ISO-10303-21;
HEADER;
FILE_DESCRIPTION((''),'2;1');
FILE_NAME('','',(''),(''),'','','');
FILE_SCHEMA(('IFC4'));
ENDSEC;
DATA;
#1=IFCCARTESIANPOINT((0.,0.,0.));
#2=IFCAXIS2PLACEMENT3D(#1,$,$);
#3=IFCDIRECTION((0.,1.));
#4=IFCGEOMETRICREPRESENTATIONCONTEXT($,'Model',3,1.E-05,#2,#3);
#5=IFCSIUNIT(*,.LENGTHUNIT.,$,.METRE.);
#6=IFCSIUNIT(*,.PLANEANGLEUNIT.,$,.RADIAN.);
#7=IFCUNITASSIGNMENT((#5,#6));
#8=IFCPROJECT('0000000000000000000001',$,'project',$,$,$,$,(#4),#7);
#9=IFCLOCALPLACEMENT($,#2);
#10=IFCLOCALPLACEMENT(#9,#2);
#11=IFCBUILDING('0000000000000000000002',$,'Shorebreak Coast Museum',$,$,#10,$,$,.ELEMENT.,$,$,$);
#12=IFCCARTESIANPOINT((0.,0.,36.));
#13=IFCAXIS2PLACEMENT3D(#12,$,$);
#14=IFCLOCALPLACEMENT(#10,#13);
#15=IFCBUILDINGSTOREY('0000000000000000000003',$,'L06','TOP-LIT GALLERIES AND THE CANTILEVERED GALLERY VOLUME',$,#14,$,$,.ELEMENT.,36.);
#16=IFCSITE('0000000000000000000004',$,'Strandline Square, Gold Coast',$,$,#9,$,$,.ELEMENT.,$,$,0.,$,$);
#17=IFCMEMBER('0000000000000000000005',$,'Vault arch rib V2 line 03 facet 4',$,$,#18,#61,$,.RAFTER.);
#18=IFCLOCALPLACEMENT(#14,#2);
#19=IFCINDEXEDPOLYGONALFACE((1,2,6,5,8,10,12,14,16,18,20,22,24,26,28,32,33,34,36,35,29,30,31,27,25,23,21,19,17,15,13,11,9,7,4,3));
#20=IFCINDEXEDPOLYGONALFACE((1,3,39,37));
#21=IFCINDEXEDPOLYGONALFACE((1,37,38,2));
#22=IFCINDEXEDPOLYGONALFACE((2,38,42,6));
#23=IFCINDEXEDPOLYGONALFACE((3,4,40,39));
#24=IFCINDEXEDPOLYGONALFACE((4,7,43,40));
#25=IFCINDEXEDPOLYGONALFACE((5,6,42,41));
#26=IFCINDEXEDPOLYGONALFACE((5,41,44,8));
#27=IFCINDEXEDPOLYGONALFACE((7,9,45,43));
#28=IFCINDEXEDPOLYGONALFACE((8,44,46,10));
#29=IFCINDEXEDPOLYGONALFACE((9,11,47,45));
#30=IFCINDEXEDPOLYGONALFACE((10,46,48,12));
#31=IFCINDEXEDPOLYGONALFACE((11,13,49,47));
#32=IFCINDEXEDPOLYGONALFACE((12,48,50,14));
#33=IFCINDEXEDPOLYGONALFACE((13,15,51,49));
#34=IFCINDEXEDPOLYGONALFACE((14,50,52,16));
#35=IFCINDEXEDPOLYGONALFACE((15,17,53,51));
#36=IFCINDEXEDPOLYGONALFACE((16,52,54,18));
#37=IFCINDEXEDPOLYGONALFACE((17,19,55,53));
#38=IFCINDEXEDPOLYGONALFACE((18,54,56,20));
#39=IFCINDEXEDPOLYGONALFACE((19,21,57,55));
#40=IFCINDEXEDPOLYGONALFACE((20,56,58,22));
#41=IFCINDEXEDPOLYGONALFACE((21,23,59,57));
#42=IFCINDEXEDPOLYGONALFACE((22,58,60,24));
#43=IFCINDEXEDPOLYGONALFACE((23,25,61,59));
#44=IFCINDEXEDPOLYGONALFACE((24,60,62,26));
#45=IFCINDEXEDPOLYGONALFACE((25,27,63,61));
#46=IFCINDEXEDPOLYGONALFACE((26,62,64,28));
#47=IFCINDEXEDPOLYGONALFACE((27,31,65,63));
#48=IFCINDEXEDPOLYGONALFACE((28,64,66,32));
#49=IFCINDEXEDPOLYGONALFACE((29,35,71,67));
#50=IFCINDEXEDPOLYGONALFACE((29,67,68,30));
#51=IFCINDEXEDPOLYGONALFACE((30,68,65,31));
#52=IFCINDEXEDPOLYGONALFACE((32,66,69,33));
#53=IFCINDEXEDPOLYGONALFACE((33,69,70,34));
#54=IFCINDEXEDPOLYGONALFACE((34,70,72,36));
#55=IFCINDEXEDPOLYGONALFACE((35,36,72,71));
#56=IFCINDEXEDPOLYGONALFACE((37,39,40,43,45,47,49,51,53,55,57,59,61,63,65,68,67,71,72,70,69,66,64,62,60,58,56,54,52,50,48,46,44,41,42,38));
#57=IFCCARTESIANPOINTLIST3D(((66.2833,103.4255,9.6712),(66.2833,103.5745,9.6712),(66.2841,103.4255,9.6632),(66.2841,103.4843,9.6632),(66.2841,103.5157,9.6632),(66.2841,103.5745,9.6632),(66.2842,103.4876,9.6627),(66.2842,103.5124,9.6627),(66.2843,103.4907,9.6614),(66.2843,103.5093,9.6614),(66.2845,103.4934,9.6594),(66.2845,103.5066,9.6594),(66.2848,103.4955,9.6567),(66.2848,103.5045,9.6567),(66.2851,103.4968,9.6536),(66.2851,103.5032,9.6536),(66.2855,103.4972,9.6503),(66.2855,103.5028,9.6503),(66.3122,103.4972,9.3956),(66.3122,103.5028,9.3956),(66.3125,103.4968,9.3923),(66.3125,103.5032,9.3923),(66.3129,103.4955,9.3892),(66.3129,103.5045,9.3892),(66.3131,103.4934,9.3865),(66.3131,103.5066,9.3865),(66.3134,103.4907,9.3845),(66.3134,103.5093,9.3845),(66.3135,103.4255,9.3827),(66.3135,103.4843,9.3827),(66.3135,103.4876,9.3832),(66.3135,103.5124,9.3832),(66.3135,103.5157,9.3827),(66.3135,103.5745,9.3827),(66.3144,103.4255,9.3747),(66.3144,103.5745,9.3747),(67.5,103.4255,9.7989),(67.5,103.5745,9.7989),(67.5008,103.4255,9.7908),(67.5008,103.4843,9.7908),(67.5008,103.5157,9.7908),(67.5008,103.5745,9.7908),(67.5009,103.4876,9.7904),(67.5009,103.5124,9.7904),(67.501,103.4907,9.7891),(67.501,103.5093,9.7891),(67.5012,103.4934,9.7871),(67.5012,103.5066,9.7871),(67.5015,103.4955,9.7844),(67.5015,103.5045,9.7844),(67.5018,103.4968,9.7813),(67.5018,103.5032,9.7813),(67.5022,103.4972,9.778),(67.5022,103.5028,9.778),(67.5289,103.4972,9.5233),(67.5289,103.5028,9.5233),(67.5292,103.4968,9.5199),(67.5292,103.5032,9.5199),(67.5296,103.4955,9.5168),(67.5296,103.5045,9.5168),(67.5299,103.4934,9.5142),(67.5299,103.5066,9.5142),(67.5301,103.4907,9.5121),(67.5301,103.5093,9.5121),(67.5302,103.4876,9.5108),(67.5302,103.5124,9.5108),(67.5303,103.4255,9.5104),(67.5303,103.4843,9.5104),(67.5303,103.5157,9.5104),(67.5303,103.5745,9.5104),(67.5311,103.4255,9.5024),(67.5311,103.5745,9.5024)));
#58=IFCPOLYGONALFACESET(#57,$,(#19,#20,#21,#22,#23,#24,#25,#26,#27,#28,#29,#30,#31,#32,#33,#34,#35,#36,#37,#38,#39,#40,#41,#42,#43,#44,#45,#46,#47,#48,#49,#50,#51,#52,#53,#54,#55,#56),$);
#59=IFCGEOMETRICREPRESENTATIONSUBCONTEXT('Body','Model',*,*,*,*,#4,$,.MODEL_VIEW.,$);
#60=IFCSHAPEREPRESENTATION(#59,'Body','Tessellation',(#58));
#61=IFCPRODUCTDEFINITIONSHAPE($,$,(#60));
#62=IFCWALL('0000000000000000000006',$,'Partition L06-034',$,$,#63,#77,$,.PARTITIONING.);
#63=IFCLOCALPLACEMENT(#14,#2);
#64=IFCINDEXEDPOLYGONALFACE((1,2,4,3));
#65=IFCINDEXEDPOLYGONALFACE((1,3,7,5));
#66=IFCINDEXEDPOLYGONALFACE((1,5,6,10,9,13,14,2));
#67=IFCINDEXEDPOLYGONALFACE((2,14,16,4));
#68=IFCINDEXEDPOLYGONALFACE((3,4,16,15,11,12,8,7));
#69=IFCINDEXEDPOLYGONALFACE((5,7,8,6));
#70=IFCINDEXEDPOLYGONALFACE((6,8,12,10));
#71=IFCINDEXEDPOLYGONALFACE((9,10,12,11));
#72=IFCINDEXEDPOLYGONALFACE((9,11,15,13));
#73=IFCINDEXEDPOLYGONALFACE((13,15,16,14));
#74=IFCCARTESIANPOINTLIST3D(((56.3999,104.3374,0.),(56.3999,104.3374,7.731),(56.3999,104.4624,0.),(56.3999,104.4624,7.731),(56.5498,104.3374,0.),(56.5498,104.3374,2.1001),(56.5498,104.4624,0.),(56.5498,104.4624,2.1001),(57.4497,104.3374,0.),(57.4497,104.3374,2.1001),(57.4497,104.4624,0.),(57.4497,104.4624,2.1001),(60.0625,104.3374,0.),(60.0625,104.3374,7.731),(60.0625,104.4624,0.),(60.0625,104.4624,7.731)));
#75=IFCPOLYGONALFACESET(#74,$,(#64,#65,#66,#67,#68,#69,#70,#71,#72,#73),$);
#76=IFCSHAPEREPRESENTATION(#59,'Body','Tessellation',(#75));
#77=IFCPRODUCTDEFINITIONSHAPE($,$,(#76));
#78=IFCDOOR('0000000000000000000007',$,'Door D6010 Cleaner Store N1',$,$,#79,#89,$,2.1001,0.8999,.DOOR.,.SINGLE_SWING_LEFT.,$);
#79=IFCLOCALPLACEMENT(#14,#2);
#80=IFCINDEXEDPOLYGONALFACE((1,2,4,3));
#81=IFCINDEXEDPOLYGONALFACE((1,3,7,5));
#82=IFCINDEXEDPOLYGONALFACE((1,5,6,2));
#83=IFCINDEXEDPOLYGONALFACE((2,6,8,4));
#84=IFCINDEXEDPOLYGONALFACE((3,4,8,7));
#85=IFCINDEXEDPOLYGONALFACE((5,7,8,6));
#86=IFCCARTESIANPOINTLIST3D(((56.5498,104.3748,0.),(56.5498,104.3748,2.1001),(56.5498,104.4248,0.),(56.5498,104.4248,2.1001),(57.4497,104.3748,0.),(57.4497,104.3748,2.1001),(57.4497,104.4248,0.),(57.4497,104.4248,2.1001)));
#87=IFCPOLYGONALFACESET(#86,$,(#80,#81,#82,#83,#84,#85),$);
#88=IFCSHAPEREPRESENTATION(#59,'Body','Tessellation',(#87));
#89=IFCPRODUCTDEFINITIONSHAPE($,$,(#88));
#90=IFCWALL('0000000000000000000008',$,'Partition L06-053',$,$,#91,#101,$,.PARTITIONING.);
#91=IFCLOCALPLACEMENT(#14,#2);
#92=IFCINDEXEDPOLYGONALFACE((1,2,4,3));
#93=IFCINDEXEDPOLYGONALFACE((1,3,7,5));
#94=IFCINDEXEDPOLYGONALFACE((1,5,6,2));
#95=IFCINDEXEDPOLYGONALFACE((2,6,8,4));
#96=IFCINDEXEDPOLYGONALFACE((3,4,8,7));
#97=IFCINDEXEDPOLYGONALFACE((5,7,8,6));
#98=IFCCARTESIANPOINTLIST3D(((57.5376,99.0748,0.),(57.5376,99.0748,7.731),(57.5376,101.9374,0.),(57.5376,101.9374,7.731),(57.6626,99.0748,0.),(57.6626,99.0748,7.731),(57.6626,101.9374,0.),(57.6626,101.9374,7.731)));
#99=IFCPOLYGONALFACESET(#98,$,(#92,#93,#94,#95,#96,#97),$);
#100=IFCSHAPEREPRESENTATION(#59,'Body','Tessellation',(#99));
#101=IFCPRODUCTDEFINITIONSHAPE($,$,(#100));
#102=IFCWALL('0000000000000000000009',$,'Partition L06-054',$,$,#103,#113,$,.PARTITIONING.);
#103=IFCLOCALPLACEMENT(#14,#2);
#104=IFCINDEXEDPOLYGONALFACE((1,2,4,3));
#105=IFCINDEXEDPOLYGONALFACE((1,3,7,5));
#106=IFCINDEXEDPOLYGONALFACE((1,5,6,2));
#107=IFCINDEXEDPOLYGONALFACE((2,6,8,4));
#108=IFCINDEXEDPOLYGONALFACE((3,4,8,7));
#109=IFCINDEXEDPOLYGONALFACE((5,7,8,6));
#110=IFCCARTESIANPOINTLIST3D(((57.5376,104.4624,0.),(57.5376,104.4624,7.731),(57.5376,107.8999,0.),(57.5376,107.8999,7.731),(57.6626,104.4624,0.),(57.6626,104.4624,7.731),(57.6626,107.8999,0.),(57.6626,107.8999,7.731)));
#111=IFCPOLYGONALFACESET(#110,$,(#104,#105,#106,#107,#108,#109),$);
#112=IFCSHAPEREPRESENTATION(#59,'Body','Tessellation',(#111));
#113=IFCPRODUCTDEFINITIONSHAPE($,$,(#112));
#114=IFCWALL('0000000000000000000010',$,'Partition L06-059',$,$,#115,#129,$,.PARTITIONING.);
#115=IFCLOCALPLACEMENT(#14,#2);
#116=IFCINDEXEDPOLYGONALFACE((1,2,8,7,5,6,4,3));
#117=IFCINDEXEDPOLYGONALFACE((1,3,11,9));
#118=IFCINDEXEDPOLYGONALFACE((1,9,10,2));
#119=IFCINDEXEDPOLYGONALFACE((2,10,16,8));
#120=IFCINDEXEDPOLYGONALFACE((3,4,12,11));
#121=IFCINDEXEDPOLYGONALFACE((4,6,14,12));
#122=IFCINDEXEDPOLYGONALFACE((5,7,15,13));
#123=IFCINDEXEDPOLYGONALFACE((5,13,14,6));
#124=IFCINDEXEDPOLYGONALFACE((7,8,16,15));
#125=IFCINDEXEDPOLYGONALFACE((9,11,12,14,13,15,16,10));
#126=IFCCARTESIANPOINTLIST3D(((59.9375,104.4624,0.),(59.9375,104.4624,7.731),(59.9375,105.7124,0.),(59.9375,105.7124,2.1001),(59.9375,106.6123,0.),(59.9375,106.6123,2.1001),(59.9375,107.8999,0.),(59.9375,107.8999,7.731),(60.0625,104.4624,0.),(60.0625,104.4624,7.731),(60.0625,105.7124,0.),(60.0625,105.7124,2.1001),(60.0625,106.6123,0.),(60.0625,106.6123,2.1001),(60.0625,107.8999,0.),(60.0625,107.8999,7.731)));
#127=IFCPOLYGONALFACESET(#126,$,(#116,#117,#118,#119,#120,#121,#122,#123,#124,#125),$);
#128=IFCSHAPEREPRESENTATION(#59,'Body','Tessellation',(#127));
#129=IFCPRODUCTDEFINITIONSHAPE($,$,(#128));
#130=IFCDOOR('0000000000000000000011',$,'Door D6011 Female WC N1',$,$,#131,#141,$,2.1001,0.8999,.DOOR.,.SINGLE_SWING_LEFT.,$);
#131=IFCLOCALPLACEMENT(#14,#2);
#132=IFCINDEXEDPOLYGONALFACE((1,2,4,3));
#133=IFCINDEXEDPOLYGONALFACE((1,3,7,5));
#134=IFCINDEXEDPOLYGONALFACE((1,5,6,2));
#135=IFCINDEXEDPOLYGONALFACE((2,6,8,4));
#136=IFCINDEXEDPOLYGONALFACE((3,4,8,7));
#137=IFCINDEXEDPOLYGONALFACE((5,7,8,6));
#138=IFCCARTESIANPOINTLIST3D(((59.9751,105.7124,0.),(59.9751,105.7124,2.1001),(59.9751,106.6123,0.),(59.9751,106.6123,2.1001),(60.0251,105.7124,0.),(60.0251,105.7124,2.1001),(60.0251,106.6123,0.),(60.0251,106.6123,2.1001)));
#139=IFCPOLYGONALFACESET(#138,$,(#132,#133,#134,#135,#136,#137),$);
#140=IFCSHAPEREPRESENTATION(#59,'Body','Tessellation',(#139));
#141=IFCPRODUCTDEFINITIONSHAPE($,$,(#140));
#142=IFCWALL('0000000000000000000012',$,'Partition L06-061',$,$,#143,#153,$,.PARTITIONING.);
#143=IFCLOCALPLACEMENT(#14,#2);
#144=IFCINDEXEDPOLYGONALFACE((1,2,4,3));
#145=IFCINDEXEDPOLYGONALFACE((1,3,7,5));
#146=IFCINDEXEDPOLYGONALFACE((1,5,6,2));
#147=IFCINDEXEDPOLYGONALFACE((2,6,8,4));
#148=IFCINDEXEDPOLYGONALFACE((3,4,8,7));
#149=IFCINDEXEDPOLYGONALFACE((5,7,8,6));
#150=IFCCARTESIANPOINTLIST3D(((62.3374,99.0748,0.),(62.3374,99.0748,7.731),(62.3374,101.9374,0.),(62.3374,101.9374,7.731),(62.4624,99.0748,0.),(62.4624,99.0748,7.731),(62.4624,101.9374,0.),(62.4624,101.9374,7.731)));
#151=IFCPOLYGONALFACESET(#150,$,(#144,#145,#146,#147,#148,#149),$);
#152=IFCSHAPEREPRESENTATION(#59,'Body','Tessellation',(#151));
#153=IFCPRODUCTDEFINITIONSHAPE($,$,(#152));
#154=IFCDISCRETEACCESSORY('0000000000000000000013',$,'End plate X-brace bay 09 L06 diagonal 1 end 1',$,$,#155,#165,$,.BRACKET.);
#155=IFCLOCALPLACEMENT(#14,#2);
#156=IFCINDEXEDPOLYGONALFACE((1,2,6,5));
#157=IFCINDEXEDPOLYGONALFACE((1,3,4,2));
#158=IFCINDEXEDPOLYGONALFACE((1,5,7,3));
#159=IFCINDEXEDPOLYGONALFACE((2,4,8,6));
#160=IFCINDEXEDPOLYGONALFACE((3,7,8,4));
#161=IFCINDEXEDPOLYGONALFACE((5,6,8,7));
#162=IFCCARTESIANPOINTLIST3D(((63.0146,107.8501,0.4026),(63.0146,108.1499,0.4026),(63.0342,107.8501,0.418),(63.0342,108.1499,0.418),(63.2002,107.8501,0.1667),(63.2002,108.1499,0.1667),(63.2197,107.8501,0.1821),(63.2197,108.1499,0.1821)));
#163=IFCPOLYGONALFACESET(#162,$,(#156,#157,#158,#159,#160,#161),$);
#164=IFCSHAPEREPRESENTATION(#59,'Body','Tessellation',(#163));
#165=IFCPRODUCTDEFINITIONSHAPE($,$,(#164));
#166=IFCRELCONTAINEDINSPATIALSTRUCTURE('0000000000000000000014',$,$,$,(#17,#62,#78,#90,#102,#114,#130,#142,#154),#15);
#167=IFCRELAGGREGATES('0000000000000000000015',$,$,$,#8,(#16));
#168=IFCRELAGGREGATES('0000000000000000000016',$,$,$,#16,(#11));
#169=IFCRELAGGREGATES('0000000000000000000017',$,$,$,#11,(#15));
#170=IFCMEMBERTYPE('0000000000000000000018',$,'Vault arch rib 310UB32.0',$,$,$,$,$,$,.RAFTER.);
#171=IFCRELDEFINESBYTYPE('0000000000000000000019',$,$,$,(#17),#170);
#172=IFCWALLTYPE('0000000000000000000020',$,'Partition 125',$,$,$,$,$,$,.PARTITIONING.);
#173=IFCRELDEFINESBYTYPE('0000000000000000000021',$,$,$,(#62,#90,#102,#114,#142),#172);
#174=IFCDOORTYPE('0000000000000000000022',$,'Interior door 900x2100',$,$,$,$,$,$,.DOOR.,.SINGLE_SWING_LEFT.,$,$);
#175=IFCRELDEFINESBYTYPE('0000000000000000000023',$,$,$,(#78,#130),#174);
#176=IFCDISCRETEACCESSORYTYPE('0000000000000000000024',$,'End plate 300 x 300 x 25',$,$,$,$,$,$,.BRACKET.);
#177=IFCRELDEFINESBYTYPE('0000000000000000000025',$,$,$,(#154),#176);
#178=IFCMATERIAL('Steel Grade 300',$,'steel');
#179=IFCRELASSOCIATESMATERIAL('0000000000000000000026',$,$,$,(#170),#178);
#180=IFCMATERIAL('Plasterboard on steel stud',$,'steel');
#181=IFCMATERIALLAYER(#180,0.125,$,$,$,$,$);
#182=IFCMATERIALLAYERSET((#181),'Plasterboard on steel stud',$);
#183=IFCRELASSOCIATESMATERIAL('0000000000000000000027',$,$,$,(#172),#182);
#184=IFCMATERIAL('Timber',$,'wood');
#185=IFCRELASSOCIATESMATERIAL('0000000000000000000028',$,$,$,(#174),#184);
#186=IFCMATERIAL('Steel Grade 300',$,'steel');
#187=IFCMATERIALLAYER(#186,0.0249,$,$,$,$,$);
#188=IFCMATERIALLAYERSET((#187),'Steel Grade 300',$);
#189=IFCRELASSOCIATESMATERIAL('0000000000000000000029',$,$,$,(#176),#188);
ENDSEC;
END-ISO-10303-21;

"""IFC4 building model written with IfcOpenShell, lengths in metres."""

from ifc_helpers import new_model, si_unit, direction, frame, frame_2d, origin, origin_2d, place, context, subcontext, project, spatial, polyline, rectangle, i_section, outline, extrude, material, layer, layer_set, material_profile, profile_set, type_object, element, fill, save


model = new_model("IFC4")

# Units and contexts
model_context = context("Model", 3, precision=1e-05, world=origin(), true_north=direction((0.0, 1.0)))
body_context = subcontext(model_context, "Body", "Model", "MODEL_VIEW")
ifc_project = project(units=[si_unit("LENGTHUNIT", "METRE"), si_unit("PLANEANGLEUNIT", "RADIAN")], contexts=[model_context])

# Site, building, storey
site_placement = place(None, origin())
site = spatial("IfcSite", under=ifc_project, at=site_placement, Name="Strandline Square, Gold Coast", CompositionType="ELEMENT", RefElevation=0.0)
building_placement = place(site_placement, origin())
building = spatial("IfcBuilding", under=site, at=building_placement, Name="Shorebreak Coast Museum", CompositionType="ELEMENT")
storey_placement = place(building_placement, frame((0.0, 0.0, 36.0)))
storey = spatial("IfcBuildingStorey", under=building, at=storey_placement, Name="L06", Description="TOP-LIT GALLERIES AND THE CANTILEVERED GALLERY VOLUME", CompositionType="ELEMENT", Elevation=36.0)

# Member
ifc_material_1 = material(Name="Steel Grade 300", Category="steel")
ifc_material_profile_1 = material_profile(ifc_material_1, i_section(OverallWidth=0.1489, OverallDepth=0.2981, WebThickness=0.0056, FlangeThickness=0.0081, FilletRadius=0.0129, at=origin_2d()), Name="310UB32.0")
ifc_profile_set_1 = profile_set([ifc_material_profile_1], Name="Steel Grade 300")
member_type_1 = type_object("IfcMemberType", Name="Vault arch rib 310UB32.0", PredefinedType="RAFTER", material=ifc_profile_set_1)
for number, where, z_axis, x_axis, name in (
    (1, (66.2988, 103.5, 9.5229), (0.994539, 0.0, 0.104363), (0.0, 1.0, 0.0), "Vault arch rib V2 line 03 facet 4"),
):
    element("IfcMember", number, at=place(storey_placement, frame(where, z_axis=z_axis, x_axis=x_axis)), inside=storey, type_object=member_type_1, Name=name, PredefinedType="RAFTER", context=body_context, shape_type="SweptSolid", body=[
        extrude(i_section(OverallWidth=0.1489, OverallDepth=0.2981, WebThickness=0.0056, FlangeThickness=0.0081, FilletRadius=0.0129, at=origin_2d()), origin(), (0.0, 0.0, 1.0), 1.2234),
    ])

# Wall, opening, door
ifc_material_2 = material(Name="Plasterboard on steel stud", Category="steel")
ifc_layer_1 = layer(ifc_material_2, 0.125)
ifc_layer_set_1 = layer_set([ifc_layer_1], Name="Plasterboard on steel stud")
wall_type = type_object("IfcWallType", Name="Partition 125", PredefinedType="PARTITIONING", material=ifc_layer_set_1)
wall_1_placement = place(storey_placement, frame((56.3999, 104.3999, 0.0), z_axis=(0.0, 0.0, 1.0), x_axis=(1.0, 0.0, 0.0)))
wall_1 = element("IfcWall", 2, at=wall_1_placement, inside=storey, type_object=wall_type, Name="Partition L06-034", PredefinedType="PARTITIONING", context=body_context, shape_type="SweptSolid", body=[
    extrude(rectangle(XDim=3.6626, YDim=0.125, at=frame_2d((1.8313, 0.0))), origin(), (0.0, 0.0, 1.0), 7.731),
])
opening_1_placement = place(wall_1_placement, frame((0.1499, 0.0, 0.0)))
opening_1 = element("IfcOpeningElement", 3, at=opening_1_placement, cuts=wall_1, PredefinedType="OPENING", context=body_context, shape_type="SweptSolid", body=[
    extrude(rectangle(XDim=0.8999, YDim=2.1001, at=frame_2d((0.45, 1.05))), frame((0.0, 0.0725, 0.0), z_axis=(0.0, -1.0, 0.0), x_axis=(1.0, 0.0, 0.0)), (0.0, 0.0, 1.0), 0.145),
])
ifc_material_3 = material(Name="Timber", Category="wood")
door_type = type_object("IfcDoorType", Name="Interior door 900x2100", OperationType="SINGLE_SWING_LEFT", PredefinedType="DOOR", material=ifc_material_3)
door_1_placement = place(opening_1_placement, origin())
door_1 = element("IfcDoor", 4, at=door_1_placement, inside=storey, type_object=door_type, Name="Door D6010 Cleaner Store N1", OperationType="SINGLE_SWING_LEFT", OverallHeight=2.1001, OverallWidth=0.8999, PredefinedType="DOOR", context=body_context, shape_type="SweptSolid", body=[
    extrude(rectangle(XDim=0.8999, YDim=2.1001, at=frame_2d((0.45, 1.05))), frame((0.0, 0.0249, 0.0), z_axis=(0.0, -1.0, 0.0), x_axis=(1.0, 0.0, 0.0)), (0.0, 0.0, 1.0), 0.05),
])
fill(opening_1, door_1)

# Walls
wall_2_placement = place(storey_placement, frame((57.6001, 99.075, 0.0), z_axis=(0.0, 0.0, 1.0), x_axis=(0.0, 1.0, 0.0)))
element("IfcWall", 5, at=wall_2_placement, inside=storey, type_object=wall_type, Name="Partition L06-053", PredefinedType="PARTITIONING", context=body_context, shape_type="SweptSolid", body=[
    extrude(rectangle(XDim=2.8625, YDim=0.125, at=frame_2d((1.4312, 0.0))), origin(), (0.0, 0.0, 1.0), 7.731),
])
wall_3_placement = place(storey_placement, frame((57.6001, 104.4624, 0.0), z_axis=(0.0, 0.0, 1.0), x_axis=(0.0, 1.0, 0.0)))
element("IfcWall", 6, at=wall_3_placement, inside=storey, type_object=wall_type, Name="Partition L06-054", PredefinedType="PARTITIONING", context=body_context, shape_type="SweptSolid", body=[
    extrude(rectangle(XDim=3.4375, YDim=0.125, at=frame_2d((1.7188, 0.0))), origin(), (0.0, 0.0, 1.0), 7.731),
])

# Wall, opening, door
wall_4_placement = place(storey_placement, frame((60.0, 104.4624, 0.0), z_axis=(0.0, 0.0, 1.0), x_axis=(0.0, 1.0, 0.0)))
wall_4 = element("IfcWall", 7, at=wall_4_placement, inside=storey, type_object=wall_type, Name="Partition L06-059", PredefinedType="PARTITIONING", context=body_context, shape_type="SweptSolid", body=[
    extrude(rectangle(XDim=3.4375, YDim=0.125, at=frame_2d((1.7188, 0.0))), origin(), (0.0, 0.0, 1.0), 7.731),
])
opening_2_placement = place(wall_4_placement, frame((1.25, 0.0, 0.0)))
opening_2 = element("IfcOpeningElement", 8, at=opening_2_placement, cuts=wall_4, PredefinedType="OPENING", context=body_context, shape_type="SweptSolid", body=[
    extrude(rectangle(XDim=0.8999, YDim=2.1001, at=frame_2d((0.45, 1.05))), frame((0.0, 0.0725, 0.0), z_axis=(0.0, -1.0, 0.0), x_axis=(1.0, 0.0, 0.0)), (0.0, 0.0, 1.0), 0.145),
])
door_2_placement = place(opening_2_placement, origin())
door_2 = element("IfcDoor", 9, at=door_2_placement, inside=storey, type_object=door_type, Name="Door D6011 Female WC N1", OperationType="SINGLE_SWING_LEFT", OverallHeight=2.1001, OverallWidth=0.8999, PredefinedType="DOOR", context=body_context, shape_type="SweptSolid", body=[
    extrude(rectangle(XDim=0.8999, YDim=2.1001, at=frame_2d((0.45, 1.05))), frame((0.0, 0.0249, 0.0), z_axis=(0.0, -1.0, 0.0), x_axis=(1.0, 0.0, 0.0)), (0.0, 0.0, 1.0), 0.05),
])
fill(opening_2, door_2)

# Wall
wall_5_placement = place(storey_placement, frame((62.3999, 99.075, 0.0), z_axis=(0.0, 0.0, 1.0), x_axis=(0.0, 1.0, 0.0)))
element("IfcWall", 10, at=wall_5_placement, inside=storey, type_object=wall_type, Name="Partition L06-061", PredefinedType="PARTITIONING", context=body_context, shape_type="SweptSolid", body=[
    extrude(rectangle(XDim=2.8625, YDim=0.125, at=frame_2d((1.4312, 0.0))), origin(), (0.0, 0.0, 1.0), 7.731),
])

# Discrete accessory
ifc_material_4 = material(Name="Steel Grade 300", Category="steel")
ifc_layer_2 = layer(ifc_material_4, 0.0249)
ifc_layer_set_2 = layer_set([ifc_layer_2], Name="Steel Grade 300")
discrete_accessory_type = type_object("IfcDiscreteAccessoryType", Name="End plate 300 x 300 x 25", PredefinedType="BRACKET", material=ifc_layer_set_2)
discrete_accessory_placement = place(storey_placement, frame((63.2197, 107.8501, 0.1821), z_axis=(0.785923, 0.0, 0.618324), x_axis=(0.0, 1.0, 0.0)))
element("IfcDiscreteAccessory", 11, at=discrete_accessory_placement, inside=storey, type_object=discrete_accessory_type, Name="End plate X-brace bay 09 L06 diagonal 1 end 1", PredefinedType="BRACKET", context=body_context, shape_type="SweptSolid", body=[
    extrude(outline(polyline([(0.0, 0.0), (0.2998, 0.0), (0.2998, 0.3001), (0.0, 0.3001), (0.0, 0.0)])), origin(), (0.0, 0.0, -1.0), 0.0249),
])

save(model, "model.ifc")
